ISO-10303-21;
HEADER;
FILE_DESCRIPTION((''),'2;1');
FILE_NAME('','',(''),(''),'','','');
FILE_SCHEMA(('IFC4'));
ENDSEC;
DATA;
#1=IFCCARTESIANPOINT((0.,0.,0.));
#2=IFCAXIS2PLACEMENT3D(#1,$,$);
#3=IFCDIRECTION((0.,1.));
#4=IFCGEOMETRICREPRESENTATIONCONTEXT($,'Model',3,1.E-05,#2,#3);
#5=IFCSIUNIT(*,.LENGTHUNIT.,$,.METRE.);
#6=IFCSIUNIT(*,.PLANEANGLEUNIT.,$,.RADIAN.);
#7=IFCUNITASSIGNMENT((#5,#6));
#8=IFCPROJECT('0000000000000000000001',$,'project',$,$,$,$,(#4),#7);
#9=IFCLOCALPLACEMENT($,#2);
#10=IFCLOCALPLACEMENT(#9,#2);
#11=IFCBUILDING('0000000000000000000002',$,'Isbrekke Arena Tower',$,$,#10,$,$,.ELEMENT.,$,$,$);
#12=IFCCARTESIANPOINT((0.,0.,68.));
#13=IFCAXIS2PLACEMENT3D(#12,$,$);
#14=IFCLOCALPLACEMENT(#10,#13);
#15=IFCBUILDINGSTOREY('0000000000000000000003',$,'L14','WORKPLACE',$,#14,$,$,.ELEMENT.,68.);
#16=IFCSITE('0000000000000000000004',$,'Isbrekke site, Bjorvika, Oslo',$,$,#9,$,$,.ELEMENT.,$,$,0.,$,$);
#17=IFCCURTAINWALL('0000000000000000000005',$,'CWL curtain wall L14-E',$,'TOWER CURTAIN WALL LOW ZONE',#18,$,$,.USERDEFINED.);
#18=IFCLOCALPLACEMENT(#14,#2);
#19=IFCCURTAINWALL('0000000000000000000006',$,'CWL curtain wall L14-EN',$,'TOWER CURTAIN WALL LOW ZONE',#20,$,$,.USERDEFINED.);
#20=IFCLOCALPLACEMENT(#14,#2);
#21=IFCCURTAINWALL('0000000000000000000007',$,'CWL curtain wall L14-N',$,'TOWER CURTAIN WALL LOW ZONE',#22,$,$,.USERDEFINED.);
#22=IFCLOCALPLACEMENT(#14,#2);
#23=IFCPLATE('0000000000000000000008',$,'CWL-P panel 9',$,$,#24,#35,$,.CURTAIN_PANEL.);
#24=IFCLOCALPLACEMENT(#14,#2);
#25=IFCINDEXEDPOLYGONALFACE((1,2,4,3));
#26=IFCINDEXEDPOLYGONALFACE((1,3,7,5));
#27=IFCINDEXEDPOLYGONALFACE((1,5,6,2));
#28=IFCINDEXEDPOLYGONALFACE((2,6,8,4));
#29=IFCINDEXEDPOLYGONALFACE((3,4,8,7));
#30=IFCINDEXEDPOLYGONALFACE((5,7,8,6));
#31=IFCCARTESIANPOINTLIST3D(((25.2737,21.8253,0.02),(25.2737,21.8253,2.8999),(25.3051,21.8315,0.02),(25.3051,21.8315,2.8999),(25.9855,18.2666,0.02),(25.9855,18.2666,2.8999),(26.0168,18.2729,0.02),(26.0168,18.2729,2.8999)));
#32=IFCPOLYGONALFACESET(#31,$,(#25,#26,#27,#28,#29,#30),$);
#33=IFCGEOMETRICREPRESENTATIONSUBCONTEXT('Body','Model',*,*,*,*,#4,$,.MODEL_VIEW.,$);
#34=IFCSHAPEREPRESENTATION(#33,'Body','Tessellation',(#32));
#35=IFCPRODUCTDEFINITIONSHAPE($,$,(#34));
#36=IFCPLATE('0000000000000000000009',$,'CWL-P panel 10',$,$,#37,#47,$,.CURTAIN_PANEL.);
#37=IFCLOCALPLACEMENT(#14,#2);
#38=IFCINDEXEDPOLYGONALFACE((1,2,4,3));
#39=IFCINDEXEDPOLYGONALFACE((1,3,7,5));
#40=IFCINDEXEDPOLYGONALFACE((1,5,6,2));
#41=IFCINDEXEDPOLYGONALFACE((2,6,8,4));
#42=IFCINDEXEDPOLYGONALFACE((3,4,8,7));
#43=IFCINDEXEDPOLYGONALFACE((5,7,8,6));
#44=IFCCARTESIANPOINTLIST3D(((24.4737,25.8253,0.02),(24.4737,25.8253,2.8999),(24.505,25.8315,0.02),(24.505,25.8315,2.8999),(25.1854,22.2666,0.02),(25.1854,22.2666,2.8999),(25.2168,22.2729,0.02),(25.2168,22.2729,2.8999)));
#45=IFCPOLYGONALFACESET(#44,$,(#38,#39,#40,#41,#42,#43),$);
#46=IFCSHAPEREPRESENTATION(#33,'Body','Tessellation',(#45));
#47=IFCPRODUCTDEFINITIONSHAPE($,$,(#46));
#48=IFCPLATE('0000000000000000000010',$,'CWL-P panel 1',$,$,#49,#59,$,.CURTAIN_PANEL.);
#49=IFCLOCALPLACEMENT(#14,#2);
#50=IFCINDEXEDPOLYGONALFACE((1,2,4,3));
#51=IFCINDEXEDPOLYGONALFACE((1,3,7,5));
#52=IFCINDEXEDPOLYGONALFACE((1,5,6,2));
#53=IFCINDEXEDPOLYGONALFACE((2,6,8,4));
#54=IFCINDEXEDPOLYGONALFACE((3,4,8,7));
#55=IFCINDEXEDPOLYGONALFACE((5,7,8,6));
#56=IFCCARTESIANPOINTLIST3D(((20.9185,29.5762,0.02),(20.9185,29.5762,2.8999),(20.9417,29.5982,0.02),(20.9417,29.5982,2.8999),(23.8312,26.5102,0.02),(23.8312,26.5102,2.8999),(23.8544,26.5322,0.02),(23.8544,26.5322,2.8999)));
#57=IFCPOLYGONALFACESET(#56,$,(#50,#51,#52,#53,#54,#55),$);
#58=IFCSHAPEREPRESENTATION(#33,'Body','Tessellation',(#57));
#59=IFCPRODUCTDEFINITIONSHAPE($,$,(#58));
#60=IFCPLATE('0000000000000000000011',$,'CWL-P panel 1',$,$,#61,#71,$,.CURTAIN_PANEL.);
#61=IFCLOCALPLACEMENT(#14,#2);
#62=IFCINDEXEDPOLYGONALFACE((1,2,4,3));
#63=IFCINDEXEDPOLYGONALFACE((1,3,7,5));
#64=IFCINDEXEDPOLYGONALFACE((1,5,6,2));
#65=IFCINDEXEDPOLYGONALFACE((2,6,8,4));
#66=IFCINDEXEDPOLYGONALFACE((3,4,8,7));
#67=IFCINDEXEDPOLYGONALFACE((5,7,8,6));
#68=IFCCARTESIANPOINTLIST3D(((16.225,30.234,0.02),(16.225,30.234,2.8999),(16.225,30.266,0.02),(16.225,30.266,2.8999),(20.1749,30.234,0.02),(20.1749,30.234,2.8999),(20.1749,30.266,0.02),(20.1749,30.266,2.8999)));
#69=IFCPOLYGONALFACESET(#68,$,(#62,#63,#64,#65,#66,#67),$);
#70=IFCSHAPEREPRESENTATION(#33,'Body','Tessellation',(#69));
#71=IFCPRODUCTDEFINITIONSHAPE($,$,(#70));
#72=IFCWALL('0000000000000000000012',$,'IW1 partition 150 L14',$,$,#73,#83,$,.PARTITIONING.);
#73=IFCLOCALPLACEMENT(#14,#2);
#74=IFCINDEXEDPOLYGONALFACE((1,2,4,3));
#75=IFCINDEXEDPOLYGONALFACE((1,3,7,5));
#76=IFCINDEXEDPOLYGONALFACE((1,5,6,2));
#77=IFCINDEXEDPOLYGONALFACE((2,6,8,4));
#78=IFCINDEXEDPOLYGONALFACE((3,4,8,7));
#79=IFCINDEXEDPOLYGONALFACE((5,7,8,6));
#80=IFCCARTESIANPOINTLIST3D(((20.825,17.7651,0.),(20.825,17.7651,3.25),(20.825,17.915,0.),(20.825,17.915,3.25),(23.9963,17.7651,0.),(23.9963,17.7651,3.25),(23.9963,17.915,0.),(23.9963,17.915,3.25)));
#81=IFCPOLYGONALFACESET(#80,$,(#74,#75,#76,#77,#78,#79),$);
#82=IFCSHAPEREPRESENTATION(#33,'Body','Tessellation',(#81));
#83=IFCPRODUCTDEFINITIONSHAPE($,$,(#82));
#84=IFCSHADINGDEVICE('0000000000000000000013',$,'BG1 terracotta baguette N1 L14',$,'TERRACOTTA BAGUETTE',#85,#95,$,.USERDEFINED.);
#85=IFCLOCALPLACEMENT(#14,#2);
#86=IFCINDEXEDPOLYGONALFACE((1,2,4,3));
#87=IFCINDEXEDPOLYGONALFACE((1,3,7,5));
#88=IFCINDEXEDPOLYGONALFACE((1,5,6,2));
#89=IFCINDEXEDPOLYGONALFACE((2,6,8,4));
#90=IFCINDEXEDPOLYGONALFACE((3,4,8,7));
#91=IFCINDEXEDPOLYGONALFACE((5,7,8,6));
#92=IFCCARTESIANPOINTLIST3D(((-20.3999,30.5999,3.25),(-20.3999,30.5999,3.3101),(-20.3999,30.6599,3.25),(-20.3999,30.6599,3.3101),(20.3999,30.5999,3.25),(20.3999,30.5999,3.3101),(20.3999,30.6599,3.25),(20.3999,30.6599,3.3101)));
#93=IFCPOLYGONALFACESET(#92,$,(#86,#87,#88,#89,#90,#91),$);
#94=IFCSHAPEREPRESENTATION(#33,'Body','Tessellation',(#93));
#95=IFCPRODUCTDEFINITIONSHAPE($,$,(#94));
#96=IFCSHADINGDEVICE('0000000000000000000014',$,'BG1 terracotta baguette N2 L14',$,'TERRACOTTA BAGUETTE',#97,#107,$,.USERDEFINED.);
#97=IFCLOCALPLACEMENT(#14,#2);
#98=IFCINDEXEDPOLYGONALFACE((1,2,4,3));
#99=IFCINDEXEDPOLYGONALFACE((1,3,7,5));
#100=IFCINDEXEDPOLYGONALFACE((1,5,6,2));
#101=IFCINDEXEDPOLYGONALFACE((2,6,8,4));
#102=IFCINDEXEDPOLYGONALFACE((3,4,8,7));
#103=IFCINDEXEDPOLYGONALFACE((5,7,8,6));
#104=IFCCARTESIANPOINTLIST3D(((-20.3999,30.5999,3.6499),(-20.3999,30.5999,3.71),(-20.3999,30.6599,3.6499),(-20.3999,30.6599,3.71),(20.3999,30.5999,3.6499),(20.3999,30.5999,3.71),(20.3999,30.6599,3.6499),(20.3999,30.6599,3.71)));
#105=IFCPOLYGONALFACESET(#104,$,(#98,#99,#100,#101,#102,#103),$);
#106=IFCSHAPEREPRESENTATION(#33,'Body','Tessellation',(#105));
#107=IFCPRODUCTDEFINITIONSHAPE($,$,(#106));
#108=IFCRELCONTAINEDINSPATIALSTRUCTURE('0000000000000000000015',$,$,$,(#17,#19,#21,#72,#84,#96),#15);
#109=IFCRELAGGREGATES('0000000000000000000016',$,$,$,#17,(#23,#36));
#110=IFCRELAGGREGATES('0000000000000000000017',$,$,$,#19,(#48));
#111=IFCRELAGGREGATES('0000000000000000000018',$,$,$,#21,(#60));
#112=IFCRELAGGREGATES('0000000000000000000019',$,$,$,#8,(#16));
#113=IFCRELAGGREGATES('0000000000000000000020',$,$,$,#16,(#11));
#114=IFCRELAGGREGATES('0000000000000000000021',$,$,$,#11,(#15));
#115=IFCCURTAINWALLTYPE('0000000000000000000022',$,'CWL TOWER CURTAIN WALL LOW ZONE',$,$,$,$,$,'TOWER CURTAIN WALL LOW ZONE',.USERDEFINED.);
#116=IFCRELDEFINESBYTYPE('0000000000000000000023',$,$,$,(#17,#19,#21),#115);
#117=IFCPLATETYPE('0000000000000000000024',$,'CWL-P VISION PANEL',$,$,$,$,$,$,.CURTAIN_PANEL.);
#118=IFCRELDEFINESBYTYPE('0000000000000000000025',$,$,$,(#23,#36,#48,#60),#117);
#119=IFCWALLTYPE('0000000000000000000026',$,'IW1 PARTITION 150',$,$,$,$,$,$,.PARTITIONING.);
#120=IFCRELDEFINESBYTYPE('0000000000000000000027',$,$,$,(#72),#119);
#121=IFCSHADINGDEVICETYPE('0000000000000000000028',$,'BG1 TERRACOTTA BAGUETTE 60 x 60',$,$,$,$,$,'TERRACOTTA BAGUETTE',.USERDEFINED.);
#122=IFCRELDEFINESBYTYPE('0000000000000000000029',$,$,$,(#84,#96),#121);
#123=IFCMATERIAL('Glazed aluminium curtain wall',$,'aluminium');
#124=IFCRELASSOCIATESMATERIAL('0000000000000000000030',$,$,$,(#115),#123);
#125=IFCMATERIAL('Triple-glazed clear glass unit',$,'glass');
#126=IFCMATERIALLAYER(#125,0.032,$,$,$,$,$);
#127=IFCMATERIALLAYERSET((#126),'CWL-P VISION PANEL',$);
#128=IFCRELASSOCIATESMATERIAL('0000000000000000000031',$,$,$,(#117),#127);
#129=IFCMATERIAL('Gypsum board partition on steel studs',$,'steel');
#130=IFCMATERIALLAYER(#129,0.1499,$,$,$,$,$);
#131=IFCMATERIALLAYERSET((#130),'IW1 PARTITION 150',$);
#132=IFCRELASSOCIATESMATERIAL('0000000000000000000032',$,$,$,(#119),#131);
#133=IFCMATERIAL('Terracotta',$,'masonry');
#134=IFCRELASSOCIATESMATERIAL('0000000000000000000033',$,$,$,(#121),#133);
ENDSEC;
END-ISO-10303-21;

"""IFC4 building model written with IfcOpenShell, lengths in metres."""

from ifc_helpers import new_model, si_unit, direction, frame, frame_2d, origin, origin_2d, place, context, subcontext, project, spatial, rectangle, extrude, material, layer, layer_set, material_profile, profile_set, type_object, element, aggregate, save


model = new_model("IFC4")

# Units and contexts
model_context = context("Model", 3, precision=1e-05, world=origin(), true_north=direction((0.0, 1.0)))
body_context = subcontext(model_context, "Body", "Model", "MODEL_VIEW")
ifc_project = project(units=[si_unit("LENGTHUNIT", "METRE"), si_unit("PLANEANGLEUNIT", "RADIAN")], contexts=[model_context])

# Site, building, storey
site_placement = place(None, origin())
site = spatial("IfcSite", under=ifc_project, at=site_placement, Name="Isbrekke site, Bjorvika, Oslo", CompositionType="ELEMENT", RefElevation=0.0)
building_placement = place(site_placement, origin())
building = spatial("IfcBuilding", under=site, at=building_placement, Name="Isbrekke Arena Tower", CompositionType="ELEMENT")
storey_placement = place(building_placement, frame((0.0, 0.0, 68.0)))
storey = spatial("IfcBuildingStorey", under=building, at=storey_placement, Name="L14", Description="WORKPLACE", CompositionType="ELEMENT", Elevation=68.0)

# Curtain walls
ifc_material_1 = material(Name="Glazed aluminium curtain wall", Category="aluminium")
curtain_wall_type = type_object("IfcCurtainWallType", Name="CWL TOWER CURTAIN WALL LOW ZONE", ElementType="TOWER CURTAIN WALL LOW ZONE", PredefinedType="USERDEFINED", material=ifc_material_1)
curtain_wall_1_placement = place(storey_placement, origin())
curtain_wall_1 = element("IfcCurtainWall", 1, at=curtain_wall_1_placement, inside=storey, type_object=curtain_wall_type, Name="CWL curtain wall L14-E", ObjectType="TOWER CURTAIN WALL LOW ZONE", PredefinedType="USERDEFINED")
curtain_wall_2_placement = place(storey_placement, origin())
curtain_wall_2 = element("IfcCurtainWall", 2, at=curtain_wall_2_placement, inside=storey, type_object=curtain_wall_type, Name="CWL curtain wall L14-EN", ObjectType="TOWER CURTAIN WALL LOW ZONE", PredefinedType="USERDEFINED")

# Curtain wall
curtain_wall_3_placement = place(storey_placement, origin())
curtain_wall_3 = element("IfcCurtainWall", 3, at=curtain_wall_3_placement, inside=storey, type_object=curtain_wall_type, Name="CWL curtain wall L14-N", ObjectType="TOWER CURTAIN WALL LOW ZONE", PredefinedType="USERDEFINED")

# Plates
ifc_material_2 = material(Name="Triple-glazed clear glass unit", Category="glass")
ifc_layer_1 = layer(ifc_material_2, 0.032)
ifc_layer_set_1 = layer_set([ifc_layer_1], Name="CWL-P VISION PANEL")
plate_type = type_object("IfcPlateType", Name="CWL-P VISION PANEL", PredefinedType="CURTAIN_PANEL", material=ifc_layer_set_1)
plate_1_placement = place(storey_placement, frame((25.6453, 20.0491, 0.02), z_axis=(0.0, 0.0, 1.0), x_axis=(-0.196116, 0.980581, 0.0)))
plate_1 = element("IfcPlate", 4, at=plate_1_placement, type_object=plate_type, Name="CWL-P panel 9", PredefinedType="CURTAIN_PANEL", context=body_context, shape_type="SweptSolid", body=[
    extrude(rectangle(XDim=3.6292, YDim=0.032, at=origin_2d()), origin(), (0.0, 0.0, 1.0), 2.8799),
])
plate_2_placement = place(storey_placement, frame((24.8452, 24.0491, 0.02), z_axis=(0.0, 0.0, 1.0), x_axis=(-0.196116, 0.980581, 0.0)))
plate_2 = element("IfcPlate", 5, at=plate_2_placement, type_object=plate_type, Name="CWL-P panel 10", PredefinedType="CURTAIN_PANEL", context=body_context, shape_type="SweptSolid", body=[
    extrude(rectangle(XDim=3.6292, YDim=0.032, at=origin_2d()), origin(), (0.0, 0.0, 1.0), 2.8799),
])
aggregate(curtain_wall_1, [plate_1, plate_2])
plate_3_placement = place(storey_placement, frame((22.3865, 28.0542, 0.02), z_axis=(0.0, 0.0, 1.0), x_axis=(-0.688749, 0.724999, 0.0)))
plate_3 = element("IfcPlate", 6, at=plate_3_placement, type_object=plate_type, Name="CWL-P panel 1", PredefinedType="CURTAIN_PANEL", context=body_context, shape_type="SweptSolid", body=[
    extrude(rectangle(XDim=4.229, YDim=0.032, at=origin_2d()), origin(), (0.0, 0.0, 1.0), 2.8799),
])
aggregate(curtain_wall_2, [plate_3])
plate_4_placement = place(storey_placement, frame((18.2, 30.25, 0.02), z_axis=(0.0, 0.0, 1.0), x_axis=(-1.0, 0.0, 0.0)))
plate_4 = element("IfcPlate", 7, at=plate_4_placement, type_object=plate_type, Name="CWL-P panel 1", PredefinedType="CURTAIN_PANEL", context=body_context, shape_type="SweptSolid", body=[
    extrude(rectangle(XDim=3.95, YDim=0.032, at=origin_2d()), origin(), (0.0, 0.0, 1.0), 2.8799),
])
aggregate(curtain_wall_3, [plate_4])

# Wall
ifc_material_3 = material(Name="Gypsum board partition on steel studs", Category="steel")
ifc_layer_2 = layer(ifc_material_3, 0.1499)
ifc_layer_set_2 = layer_set([ifc_layer_2], Name="IW1 PARTITION 150")
wall_type = type_object("IfcWallType", Name="IW1 PARTITION 150", PredefinedType="PARTITIONING", material=ifc_layer_set_2)
wall_placement = place(storey_placement, frame((20.825, 17.8401, 0.0), z_axis=(0.0, 0.0, 1.0), x_axis=(1.0, 0.0, 0.0)))
element("IfcWall", 8, at=wall_placement, inside=storey, type_object=wall_type, Name="IW1 partition 150 L14", PredefinedType="PARTITIONING", context=body_context, shape_type="SweptSolid", body=[
    extrude(rectangle(XDim=3.1714, YDim=0.1499, at=frame_2d((1.5857, 0.0))), origin(), (0.0, 0.0, 1.0), 3.25),
])

# Shading devices
ifc_material_4 = material(Name="Terracotta", Category="masonry")
ifc_material_profile_1 = material_profile(ifc_material_4, rectangle(XDim=0.0601, YDim=0.0601, at=origin_2d()), Name="BAGUETTE 60X60")
ifc_profile_set_1 = profile_set([ifc_material_profile_1], Name="Terracotta")
shading_device_type = type_object("IfcShadingDeviceType", Name="BG1 TERRACOTTA BAGUETTE 60 x 60", ElementType="TERRACOTTA BAGUETTE", PredefinedType="USERDEFINED", material=ifc_profile_set_1)
for number, where, z_axis, x_axis, name in (
    (9, (20.3999, 30.6299, 3.28), (-1.0, 0.0, 0.0), (0.0, -1.0, 0.0), "BG1 terracotta baguette N1 L14"),
    (10, (20.3999, 30.6299, 3.6799), (-1.0, 0.0, 0.0), (0.0, -1.0, 0.0), "BG1 terracotta baguette N2 L14"),
):
    element("IfcShadingDevice", number, at=place(storey_placement, frame(where, z_axis=z_axis, x_axis=x_axis)), inside=storey, type_object=shading_device_type, Name=name, ObjectType="TERRACOTTA BAGUETTE", PredefinedType="USERDEFINED", context=body_context, shape_type="SweptSolid", body=[
        extrude(rectangle(XDim=0.0601, YDim=0.0601, at=origin_2d()), origin(), (0.0, 0.0, 1.0), 40.7998),
    ])

save(model, "model.ifc")
